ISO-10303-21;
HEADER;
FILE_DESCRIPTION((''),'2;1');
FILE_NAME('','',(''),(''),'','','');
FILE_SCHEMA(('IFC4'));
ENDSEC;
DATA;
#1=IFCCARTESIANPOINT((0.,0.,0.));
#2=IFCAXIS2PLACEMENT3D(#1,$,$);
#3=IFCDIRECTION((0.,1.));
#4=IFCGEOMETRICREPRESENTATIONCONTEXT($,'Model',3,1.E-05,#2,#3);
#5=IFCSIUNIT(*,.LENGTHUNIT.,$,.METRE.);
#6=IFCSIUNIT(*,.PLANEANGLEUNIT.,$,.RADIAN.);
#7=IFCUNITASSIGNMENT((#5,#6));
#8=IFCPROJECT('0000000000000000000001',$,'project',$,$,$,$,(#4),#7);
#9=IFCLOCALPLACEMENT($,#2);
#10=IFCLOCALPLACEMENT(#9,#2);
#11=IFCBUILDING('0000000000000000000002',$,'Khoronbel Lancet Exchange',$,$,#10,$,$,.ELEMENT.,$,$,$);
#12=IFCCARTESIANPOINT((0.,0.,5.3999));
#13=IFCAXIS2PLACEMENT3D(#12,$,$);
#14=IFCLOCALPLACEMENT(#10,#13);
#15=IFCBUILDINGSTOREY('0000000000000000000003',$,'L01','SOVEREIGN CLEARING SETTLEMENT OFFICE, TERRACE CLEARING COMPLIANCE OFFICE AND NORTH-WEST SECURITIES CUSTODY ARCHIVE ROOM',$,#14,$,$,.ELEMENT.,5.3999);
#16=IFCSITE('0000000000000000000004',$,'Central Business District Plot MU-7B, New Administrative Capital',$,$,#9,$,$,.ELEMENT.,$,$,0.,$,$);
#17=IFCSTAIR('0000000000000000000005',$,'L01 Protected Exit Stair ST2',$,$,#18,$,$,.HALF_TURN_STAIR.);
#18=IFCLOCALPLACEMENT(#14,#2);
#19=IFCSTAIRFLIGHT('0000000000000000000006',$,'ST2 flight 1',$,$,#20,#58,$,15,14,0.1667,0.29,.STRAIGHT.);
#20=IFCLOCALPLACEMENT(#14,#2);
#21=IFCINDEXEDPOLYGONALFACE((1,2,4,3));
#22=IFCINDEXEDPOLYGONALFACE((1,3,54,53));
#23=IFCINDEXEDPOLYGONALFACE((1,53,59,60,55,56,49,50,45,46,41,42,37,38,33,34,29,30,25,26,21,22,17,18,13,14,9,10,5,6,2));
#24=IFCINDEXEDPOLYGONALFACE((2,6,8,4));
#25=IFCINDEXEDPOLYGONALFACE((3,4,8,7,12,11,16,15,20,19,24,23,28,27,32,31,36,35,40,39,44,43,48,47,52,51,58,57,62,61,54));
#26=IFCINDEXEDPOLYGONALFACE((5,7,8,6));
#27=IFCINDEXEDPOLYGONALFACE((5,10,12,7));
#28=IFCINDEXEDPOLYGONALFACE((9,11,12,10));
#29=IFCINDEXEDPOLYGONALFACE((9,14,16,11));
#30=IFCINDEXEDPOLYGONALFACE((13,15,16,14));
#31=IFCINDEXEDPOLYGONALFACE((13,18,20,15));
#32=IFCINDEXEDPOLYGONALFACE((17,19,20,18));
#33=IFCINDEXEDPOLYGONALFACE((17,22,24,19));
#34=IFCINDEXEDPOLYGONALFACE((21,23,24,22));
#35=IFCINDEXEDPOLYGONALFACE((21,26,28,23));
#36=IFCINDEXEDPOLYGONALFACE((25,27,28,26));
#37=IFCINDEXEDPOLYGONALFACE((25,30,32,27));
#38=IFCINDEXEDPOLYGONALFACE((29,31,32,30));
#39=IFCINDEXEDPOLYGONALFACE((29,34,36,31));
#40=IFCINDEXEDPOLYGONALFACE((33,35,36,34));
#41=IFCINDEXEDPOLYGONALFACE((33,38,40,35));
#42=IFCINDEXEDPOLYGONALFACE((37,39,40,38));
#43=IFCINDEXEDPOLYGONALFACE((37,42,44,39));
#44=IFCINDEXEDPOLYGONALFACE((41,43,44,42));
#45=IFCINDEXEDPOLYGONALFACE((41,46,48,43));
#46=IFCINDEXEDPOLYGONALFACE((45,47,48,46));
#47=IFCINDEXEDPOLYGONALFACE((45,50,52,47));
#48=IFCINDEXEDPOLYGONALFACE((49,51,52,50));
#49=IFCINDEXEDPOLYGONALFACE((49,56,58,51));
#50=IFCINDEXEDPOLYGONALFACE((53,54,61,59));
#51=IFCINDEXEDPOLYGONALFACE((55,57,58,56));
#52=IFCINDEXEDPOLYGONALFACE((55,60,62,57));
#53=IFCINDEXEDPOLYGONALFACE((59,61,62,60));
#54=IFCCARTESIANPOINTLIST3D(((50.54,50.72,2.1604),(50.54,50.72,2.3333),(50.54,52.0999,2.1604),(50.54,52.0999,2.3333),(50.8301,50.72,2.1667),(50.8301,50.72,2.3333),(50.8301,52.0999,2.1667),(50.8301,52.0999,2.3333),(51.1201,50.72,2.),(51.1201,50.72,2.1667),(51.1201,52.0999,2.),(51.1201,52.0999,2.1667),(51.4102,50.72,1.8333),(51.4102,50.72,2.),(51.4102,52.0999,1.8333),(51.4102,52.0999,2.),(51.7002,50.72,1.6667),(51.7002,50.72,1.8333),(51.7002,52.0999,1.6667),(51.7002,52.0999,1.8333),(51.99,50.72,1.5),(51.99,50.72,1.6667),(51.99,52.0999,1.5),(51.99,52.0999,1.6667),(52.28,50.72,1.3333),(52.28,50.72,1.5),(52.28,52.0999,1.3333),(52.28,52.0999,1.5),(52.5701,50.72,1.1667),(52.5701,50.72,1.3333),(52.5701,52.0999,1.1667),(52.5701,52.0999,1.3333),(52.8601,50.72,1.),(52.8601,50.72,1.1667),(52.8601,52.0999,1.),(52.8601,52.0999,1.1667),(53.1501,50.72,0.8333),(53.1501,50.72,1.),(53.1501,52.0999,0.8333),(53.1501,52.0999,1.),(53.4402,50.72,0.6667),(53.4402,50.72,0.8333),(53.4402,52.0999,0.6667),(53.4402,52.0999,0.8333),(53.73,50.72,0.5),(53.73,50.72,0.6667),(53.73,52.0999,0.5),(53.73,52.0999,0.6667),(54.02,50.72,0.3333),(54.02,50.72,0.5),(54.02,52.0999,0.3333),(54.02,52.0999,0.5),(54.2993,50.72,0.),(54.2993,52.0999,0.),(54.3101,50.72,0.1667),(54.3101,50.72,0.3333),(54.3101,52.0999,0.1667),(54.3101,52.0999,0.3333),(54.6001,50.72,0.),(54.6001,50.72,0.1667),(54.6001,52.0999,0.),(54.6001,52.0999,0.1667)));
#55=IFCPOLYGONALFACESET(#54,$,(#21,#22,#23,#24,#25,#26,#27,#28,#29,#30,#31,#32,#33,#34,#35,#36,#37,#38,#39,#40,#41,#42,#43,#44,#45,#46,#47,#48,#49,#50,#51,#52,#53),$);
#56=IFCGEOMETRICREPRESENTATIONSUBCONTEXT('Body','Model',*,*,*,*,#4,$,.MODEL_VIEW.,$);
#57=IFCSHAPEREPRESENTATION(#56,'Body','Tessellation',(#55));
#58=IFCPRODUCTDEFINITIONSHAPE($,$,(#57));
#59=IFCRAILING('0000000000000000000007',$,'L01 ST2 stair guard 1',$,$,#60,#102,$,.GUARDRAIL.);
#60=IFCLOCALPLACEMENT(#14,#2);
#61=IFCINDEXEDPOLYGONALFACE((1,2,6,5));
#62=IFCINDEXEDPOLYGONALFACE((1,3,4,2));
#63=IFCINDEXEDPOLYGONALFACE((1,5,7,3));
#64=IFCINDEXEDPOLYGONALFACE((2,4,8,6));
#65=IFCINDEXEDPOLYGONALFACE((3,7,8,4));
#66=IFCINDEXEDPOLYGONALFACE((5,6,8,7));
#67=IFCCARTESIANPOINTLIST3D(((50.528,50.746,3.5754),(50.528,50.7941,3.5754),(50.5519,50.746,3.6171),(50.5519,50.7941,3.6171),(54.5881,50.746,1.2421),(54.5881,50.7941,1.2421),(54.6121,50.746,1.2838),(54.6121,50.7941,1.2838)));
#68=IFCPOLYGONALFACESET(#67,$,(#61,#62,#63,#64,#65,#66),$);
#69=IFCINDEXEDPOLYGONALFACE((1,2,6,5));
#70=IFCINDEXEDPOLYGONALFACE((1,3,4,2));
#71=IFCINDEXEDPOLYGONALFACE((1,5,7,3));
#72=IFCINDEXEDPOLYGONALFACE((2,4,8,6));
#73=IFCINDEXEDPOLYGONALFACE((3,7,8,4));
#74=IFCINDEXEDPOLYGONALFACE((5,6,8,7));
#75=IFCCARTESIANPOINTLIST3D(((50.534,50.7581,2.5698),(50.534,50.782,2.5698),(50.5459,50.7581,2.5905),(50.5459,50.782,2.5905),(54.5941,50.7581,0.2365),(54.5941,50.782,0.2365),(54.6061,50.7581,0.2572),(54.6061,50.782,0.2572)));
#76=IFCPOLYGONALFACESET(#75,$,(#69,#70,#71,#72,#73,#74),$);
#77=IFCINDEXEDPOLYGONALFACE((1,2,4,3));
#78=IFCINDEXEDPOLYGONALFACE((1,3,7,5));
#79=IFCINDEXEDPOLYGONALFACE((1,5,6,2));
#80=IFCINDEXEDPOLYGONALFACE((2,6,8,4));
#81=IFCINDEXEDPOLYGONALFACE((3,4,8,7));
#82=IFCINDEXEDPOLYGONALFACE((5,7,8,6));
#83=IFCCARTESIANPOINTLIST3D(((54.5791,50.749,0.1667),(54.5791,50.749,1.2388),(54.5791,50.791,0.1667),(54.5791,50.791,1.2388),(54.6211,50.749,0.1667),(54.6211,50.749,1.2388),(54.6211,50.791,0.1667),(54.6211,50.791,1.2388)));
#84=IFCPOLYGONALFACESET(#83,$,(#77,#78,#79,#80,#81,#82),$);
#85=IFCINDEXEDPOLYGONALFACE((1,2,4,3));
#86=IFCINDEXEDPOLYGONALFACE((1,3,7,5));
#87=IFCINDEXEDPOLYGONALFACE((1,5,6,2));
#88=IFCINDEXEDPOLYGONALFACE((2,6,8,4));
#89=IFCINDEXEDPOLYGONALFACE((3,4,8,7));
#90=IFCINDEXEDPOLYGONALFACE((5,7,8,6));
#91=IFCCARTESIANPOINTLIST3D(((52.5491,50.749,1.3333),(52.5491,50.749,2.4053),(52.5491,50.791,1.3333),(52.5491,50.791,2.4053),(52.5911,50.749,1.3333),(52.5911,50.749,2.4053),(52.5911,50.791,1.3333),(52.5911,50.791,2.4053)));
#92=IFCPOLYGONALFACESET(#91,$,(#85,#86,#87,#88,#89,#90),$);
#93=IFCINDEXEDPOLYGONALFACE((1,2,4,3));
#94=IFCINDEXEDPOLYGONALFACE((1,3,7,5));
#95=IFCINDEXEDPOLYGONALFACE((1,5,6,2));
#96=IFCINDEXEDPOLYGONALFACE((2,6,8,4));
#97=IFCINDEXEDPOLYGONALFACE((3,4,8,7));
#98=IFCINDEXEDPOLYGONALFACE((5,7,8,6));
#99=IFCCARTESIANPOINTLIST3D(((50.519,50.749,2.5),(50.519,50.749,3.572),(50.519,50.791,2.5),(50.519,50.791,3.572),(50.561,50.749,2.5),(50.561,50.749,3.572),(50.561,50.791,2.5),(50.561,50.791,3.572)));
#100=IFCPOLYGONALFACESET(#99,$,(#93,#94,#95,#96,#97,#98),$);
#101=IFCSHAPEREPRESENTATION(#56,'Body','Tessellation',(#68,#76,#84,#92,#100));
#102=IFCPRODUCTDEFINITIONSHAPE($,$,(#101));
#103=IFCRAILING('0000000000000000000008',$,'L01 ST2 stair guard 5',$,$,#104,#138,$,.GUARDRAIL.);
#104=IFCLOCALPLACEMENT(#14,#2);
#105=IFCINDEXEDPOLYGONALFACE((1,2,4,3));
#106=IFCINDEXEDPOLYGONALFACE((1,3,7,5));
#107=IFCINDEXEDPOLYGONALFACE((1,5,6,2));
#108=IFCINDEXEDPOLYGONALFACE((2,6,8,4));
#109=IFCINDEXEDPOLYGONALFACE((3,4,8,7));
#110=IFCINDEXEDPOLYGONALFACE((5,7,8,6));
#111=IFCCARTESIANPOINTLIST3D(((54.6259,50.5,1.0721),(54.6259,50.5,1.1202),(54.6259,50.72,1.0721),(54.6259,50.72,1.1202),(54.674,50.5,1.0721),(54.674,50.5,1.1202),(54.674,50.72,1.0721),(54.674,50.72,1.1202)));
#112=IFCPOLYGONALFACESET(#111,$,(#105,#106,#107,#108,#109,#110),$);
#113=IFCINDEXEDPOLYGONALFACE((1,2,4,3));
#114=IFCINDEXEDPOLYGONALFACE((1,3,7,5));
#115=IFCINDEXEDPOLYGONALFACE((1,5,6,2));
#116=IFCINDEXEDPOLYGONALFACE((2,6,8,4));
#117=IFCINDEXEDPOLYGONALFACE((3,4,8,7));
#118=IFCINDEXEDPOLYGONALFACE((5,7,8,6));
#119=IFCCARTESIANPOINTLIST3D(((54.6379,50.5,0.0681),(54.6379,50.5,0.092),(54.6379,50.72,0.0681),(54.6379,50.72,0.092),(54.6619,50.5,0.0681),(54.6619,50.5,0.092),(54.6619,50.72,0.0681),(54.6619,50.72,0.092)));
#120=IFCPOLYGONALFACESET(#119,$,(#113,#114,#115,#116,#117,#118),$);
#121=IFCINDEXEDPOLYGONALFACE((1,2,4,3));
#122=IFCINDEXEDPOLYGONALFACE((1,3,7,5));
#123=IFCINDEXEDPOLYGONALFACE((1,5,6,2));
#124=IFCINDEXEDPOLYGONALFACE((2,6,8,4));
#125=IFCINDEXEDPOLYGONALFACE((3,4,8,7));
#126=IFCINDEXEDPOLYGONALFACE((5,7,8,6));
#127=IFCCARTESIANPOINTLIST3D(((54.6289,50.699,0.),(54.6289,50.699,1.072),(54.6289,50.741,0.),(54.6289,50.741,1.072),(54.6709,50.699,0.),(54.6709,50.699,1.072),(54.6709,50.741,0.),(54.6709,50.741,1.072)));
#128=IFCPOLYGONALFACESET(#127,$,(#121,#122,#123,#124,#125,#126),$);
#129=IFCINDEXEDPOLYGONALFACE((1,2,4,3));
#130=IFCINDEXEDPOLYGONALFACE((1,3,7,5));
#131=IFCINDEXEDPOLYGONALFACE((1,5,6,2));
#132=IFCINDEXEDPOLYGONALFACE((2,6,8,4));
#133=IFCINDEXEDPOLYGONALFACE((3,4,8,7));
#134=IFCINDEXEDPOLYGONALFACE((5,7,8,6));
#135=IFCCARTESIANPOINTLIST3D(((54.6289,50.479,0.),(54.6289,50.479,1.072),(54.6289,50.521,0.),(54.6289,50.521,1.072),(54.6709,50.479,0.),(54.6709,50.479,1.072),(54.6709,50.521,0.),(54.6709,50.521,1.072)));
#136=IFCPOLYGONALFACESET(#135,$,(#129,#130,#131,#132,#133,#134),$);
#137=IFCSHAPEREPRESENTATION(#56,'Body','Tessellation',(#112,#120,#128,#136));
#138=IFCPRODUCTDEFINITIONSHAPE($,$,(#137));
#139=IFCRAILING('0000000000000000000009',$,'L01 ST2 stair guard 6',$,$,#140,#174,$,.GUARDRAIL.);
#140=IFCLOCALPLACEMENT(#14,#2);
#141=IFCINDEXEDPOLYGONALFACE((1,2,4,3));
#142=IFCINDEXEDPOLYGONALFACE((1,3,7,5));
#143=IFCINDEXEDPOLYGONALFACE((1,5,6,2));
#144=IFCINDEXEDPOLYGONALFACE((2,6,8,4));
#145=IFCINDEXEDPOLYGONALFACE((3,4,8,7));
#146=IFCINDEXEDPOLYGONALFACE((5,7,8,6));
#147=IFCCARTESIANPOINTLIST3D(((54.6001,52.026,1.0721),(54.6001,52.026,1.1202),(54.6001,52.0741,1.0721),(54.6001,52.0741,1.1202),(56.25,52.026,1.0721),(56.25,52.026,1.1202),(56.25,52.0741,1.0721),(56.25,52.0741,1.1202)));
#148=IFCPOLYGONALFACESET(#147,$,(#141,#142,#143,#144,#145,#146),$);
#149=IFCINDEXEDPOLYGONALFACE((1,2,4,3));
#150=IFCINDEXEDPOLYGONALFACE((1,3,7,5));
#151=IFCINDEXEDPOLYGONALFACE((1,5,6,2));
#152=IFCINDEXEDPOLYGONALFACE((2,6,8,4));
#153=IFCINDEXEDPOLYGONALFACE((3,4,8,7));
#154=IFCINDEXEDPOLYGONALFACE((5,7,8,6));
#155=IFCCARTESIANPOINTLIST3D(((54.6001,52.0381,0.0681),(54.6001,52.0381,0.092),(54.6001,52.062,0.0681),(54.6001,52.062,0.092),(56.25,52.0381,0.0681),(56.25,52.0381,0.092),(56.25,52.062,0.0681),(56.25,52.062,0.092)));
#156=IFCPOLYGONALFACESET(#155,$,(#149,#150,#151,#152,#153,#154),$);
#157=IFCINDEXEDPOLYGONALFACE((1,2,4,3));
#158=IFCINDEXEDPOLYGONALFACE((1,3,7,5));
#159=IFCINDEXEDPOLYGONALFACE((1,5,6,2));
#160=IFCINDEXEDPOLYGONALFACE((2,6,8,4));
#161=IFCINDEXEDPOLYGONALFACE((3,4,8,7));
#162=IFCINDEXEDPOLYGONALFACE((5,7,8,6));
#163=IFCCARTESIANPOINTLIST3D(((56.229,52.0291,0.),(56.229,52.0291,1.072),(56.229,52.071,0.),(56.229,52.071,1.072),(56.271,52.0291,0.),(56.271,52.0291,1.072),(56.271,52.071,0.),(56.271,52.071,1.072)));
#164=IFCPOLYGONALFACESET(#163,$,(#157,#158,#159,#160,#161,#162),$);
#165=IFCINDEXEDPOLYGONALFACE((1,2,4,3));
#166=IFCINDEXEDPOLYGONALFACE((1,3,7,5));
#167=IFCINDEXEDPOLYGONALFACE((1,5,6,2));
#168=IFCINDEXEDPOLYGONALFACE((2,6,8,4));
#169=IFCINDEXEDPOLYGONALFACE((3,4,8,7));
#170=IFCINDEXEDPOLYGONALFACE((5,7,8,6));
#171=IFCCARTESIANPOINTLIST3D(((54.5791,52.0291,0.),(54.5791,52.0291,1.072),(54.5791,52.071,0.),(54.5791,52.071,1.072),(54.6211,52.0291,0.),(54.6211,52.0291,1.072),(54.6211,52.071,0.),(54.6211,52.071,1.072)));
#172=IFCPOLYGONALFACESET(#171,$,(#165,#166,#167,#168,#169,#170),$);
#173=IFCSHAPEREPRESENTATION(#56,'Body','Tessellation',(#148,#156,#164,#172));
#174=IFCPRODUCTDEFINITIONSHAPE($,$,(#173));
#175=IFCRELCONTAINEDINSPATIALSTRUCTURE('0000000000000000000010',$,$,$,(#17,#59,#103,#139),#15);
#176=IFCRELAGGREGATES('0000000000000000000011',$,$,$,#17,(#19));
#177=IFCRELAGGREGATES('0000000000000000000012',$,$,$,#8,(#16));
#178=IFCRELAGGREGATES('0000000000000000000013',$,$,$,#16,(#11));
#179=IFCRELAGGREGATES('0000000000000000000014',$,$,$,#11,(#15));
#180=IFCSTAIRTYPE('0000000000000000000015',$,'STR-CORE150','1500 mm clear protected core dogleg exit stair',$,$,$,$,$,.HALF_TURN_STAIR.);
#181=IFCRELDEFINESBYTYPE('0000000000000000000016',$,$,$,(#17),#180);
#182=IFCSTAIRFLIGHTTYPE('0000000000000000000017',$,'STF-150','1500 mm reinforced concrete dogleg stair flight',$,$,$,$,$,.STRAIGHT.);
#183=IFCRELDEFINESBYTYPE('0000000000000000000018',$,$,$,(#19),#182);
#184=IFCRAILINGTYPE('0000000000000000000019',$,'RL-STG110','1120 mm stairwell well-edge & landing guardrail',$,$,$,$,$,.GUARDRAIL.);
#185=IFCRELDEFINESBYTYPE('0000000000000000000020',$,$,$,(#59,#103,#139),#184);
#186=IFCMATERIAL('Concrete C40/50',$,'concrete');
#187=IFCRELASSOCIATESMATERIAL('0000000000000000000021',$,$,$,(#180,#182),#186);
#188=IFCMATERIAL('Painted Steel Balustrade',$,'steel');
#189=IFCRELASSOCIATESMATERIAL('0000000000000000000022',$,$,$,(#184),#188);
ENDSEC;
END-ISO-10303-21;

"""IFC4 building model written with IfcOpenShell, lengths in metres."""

from ifc_helpers import new_model, si_unit, direction, frame, origin, origin_2d, place, context, subcontext, project, spatial, polyline, rectangle, outline, extrude, material, type_object, element, aggregate, save


model = new_model("IFC4")

# Units and contexts
model_context = context("Model", 3, precision=1e-05, world=origin(), true_north=direction((0.0, 1.0)))
body_context = subcontext(model_context, "Body", "Model", "MODEL_VIEW")
ifc_project = project(units=[si_unit("LENGTHUNIT", "METRE"), si_unit("PLANEANGLEUNIT", "RADIAN")], contexts=[model_context])

# Site, building, storey
site_placement = place(None, origin())
site = spatial("IfcSite", under=ifc_project, at=site_placement, Name="Central Business District Plot MU-7B, New Administrative Capital", CompositionType="ELEMENT", RefElevation=0.0)
building_placement = place(site_placement, origin())
building = spatial("IfcBuilding", under=site, at=building_placement, Name="Khoronbel Lancet Exchange", CompositionType="ELEMENT")
storey_placement = place(building_placement, frame((0.0, 0.0, 5.3999)))
storey = spatial("IfcBuildingStorey", under=building, at=storey_placement, Name="L01", Description="SOVEREIGN CLEARING SETTLEMENT OFFICE, TERRACE CLEARING COMPLIANCE OFFICE AND NORTH-WEST SECURITIES CUSTODY ARCHIVE ROOM", CompositionType="ELEMENT", Elevation=5.3999)

# Stair, stair flight
ifc_material_1 = material(Name="Concrete C40/50", Category="concrete")
stair_type = type_object("IfcStairType", Name="STR-CORE150", Description="1500 mm clear protected core dogleg exit stair", PredefinedType="HALF_TURN_STAIR", material=ifc_material_1)
stair_placement = place(storey_placement, origin())
stair = element("IfcStair", 1, at=stair_placement, inside=storey, type_object=stair_type, Name="L01 Protected Exit Stair ST2", PredefinedType="HALF_TURN_STAIR")
stair_flight_type = type_object("IfcStairFlightType", Name="STF-150", Description="1500 mm reinforced concrete dogleg stair flight", PredefinedType="STRAIGHT", material=ifc_material_1)
stair_flight_placement = place(storey_placement, frame((54.6001, 51.4099, 0.0), z_axis=(0.0, 0.0, 1.0), x_axis=(-1.0, 0.0, 0.0)))
stair_flight = element("IfcStairFlight", 2, at=stair_flight_placement, type_object=stair_flight_type, Name="ST2 flight 1", NumberOfRisers=15, NumberOfTreads=14, PredefinedType="STRAIGHT", RiserHeight=0.1667, TreadLength=0.29, context=body_context, shape_type="SweptSolid", body=[
    extrude(outline(polyline([(0.0, 0.0), (0.0, 0.1667), (0.29, 0.1667), (0.29, 0.3333), (0.5801, 0.3333), (0.5801, 0.5), (0.8701, 0.5), (0.8701, 0.6667), (1.1599, 0.6667), (1.1599, 0.8333), (1.45, 0.8333), (1.45, 1.0), (1.74, 1.0), (1.74, 1.1667), (2.03, 1.1667), (2.03, 1.3333), (2.3201, 1.3333), (2.3201, 1.5), (2.6101, 1.5), (2.6101, 1.6667), (2.8999, 1.6667), (2.8999, 1.8333), (3.1899, 1.8333), (3.1899, 2.0), (3.48, 2.0), (3.48, 2.1667), (3.77, 2.1667), (3.77, 2.3333), (4.0601, 2.3333), (4.0601, 2.5), (4.0601, 2.1604), (0.3008, 0.0), (0.0, 0.0)])), frame((0.0, 0.6899, 0.0), z_axis=(0.0, -1.0, 0.0), x_axis=(1.0, 0.0, 0.0)), (0.0, 0.0, 1.0), 1.3799),
])
aggregate(stair, [stair_flight])

# Railings
ifc_material_2 = material(Name="Painted Steel Balustrade", Category="steel")
railing_type_1 = type_object("IfcRailingType", Name="RL-STG110", Description="1120 mm stairwell well-edge & landing guardrail", PredefinedType="GUARDRAIL", material=ifc_material_2)
railing_1_placement = place(storey_placement, frame((54.6001, 50.77, 0.1667)))
element("IfcRailing", 3, at=railing_1_placement, inside=storey, type_object=railing_type_1, Name="L01 ST2 stair guard 1", PredefinedType="GUARDRAIL", context=body_context, shape_type="SweptSolid", body=[
    extrude(rectangle(XDim=0.0481, YDim=0.0481, at=origin_2d()), frame((0.0, 0.0, 1.0962), z_axis=(-0.867025, 0.0, 0.498265), x_axis=(0.0, -1.0, 0.0)), (0.0, 0.0, 1.0), 4.6829),
    extrude(rectangle(XDim=0.0239, YDim=0.0239, at=origin_2d()), frame((0.0, 0.0, 0.0801), z_axis=(-0.867025, 0.0, 0.498265), x_axis=(0.0, -1.0, 0.0)), (0.0, 0.0, 1.0), 4.6829),
    extrude(rectangle(XDim=0.042, YDim=0.042, at=origin_2d()), origin(), (0.0, 0.0, 1.0), 1.072),
    extrude(rectangle(XDim=0.042, YDim=0.042, at=origin_2d()), frame((-2.03, 0.0, 1.1665)), (0.0, 0.0, 1.0), 1.072),
    extrude(rectangle(XDim=0.042, YDim=0.042, at=origin_2d()), frame((-4.0601, 0.0, 2.3333)), (0.0, 0.0, 1.0), 1.072),
])
railing_2_placement = place(storey_placement, frame((54.6499, 50.72, 0.0)))
element("IfcRailing", 4, at=railing_2_placement, inside=storey, type_object=railing_type_1, Name="L01 ST2 stair guard 5", PredefinedType="GUARDRAIL", context=body_context, shape_type="SweptSolid", body=[
    extrude(rectangle(XDim=0.0481, YDim=0.0481, at=origin_2d()), frame((0.0, 0.0, 1.0962), z_axis=(0.0, -1.0, 0.0), x_axis=(1.0, 0.0, 0.0)), (0.0, 0.0, 1.0), 0.22),
    extrude(rectangle(XDim=0.0239, YDim=0.0239, at=origin_2d()), frame((0.0, 0.0, 0.0801), z_axis=(0.0, -1.0, 0.0), x_axis=(1.0, 0.0, 0.0)), (0.0, 0.0, 1.0), 0.22),
    extrude(rectangle(XDim=0.042, YDim=0.042, at=origin_2d()), origin(), (0.0, 0.0, 1.0), 1.072),
    extrude(rectangle(XDim=0.042, YDim=0.042, at=origin_2d()), frame((0.0, -0.22, 0.0)), (0.0, 0.0, 1.0), 1.072),
])
railing_3_placement = place(storey_placement, frame((56.25, 52.05, 0.0)))
element("IfcRailing", 5, at=railing_3_placement, inside=storey, type_object=railing_type_1, Name="L01 ST2 stair guard 6", PredefinedType="GUARDRAIL", context=body_context, shape_type="SweptSolid", body=[
    extrude(rectangle(XDim=0.0481, YDim=0.0481, at=origin_2d()), frame((0.0, 0.0, 1.0962), z_axis=(-1.0, 0.0, 0.0), x_axis=(0.0, -1.0, 0.0)), (0.0, 0.0, 1.0), 1.6499),
    extrude(rectangle(XDim=0.0239, YDim=0.0239, at=origin_2d()), frame((0.0, 0.0, 0.0801), z_axis=(-1.0, 0.0, 0.0), x_axis=(0.0, -1.0, 0.0)), (0.0, 0.0, 1.0), 1.6499),
    extrude(rectangle(XDim=0.042, YDim=0.042, at=origin_2d()), origin(), (0.0, 0.0, 1.0), 1.072),
    extrude(rectangle(XDim=0.042, YDim=0.042, at=origin_2d()), frame((-1.6499, 0.0, 0.0)), (0.0, 0.0, 1.0), 1.072),
])

save(model, "model.ifc")
